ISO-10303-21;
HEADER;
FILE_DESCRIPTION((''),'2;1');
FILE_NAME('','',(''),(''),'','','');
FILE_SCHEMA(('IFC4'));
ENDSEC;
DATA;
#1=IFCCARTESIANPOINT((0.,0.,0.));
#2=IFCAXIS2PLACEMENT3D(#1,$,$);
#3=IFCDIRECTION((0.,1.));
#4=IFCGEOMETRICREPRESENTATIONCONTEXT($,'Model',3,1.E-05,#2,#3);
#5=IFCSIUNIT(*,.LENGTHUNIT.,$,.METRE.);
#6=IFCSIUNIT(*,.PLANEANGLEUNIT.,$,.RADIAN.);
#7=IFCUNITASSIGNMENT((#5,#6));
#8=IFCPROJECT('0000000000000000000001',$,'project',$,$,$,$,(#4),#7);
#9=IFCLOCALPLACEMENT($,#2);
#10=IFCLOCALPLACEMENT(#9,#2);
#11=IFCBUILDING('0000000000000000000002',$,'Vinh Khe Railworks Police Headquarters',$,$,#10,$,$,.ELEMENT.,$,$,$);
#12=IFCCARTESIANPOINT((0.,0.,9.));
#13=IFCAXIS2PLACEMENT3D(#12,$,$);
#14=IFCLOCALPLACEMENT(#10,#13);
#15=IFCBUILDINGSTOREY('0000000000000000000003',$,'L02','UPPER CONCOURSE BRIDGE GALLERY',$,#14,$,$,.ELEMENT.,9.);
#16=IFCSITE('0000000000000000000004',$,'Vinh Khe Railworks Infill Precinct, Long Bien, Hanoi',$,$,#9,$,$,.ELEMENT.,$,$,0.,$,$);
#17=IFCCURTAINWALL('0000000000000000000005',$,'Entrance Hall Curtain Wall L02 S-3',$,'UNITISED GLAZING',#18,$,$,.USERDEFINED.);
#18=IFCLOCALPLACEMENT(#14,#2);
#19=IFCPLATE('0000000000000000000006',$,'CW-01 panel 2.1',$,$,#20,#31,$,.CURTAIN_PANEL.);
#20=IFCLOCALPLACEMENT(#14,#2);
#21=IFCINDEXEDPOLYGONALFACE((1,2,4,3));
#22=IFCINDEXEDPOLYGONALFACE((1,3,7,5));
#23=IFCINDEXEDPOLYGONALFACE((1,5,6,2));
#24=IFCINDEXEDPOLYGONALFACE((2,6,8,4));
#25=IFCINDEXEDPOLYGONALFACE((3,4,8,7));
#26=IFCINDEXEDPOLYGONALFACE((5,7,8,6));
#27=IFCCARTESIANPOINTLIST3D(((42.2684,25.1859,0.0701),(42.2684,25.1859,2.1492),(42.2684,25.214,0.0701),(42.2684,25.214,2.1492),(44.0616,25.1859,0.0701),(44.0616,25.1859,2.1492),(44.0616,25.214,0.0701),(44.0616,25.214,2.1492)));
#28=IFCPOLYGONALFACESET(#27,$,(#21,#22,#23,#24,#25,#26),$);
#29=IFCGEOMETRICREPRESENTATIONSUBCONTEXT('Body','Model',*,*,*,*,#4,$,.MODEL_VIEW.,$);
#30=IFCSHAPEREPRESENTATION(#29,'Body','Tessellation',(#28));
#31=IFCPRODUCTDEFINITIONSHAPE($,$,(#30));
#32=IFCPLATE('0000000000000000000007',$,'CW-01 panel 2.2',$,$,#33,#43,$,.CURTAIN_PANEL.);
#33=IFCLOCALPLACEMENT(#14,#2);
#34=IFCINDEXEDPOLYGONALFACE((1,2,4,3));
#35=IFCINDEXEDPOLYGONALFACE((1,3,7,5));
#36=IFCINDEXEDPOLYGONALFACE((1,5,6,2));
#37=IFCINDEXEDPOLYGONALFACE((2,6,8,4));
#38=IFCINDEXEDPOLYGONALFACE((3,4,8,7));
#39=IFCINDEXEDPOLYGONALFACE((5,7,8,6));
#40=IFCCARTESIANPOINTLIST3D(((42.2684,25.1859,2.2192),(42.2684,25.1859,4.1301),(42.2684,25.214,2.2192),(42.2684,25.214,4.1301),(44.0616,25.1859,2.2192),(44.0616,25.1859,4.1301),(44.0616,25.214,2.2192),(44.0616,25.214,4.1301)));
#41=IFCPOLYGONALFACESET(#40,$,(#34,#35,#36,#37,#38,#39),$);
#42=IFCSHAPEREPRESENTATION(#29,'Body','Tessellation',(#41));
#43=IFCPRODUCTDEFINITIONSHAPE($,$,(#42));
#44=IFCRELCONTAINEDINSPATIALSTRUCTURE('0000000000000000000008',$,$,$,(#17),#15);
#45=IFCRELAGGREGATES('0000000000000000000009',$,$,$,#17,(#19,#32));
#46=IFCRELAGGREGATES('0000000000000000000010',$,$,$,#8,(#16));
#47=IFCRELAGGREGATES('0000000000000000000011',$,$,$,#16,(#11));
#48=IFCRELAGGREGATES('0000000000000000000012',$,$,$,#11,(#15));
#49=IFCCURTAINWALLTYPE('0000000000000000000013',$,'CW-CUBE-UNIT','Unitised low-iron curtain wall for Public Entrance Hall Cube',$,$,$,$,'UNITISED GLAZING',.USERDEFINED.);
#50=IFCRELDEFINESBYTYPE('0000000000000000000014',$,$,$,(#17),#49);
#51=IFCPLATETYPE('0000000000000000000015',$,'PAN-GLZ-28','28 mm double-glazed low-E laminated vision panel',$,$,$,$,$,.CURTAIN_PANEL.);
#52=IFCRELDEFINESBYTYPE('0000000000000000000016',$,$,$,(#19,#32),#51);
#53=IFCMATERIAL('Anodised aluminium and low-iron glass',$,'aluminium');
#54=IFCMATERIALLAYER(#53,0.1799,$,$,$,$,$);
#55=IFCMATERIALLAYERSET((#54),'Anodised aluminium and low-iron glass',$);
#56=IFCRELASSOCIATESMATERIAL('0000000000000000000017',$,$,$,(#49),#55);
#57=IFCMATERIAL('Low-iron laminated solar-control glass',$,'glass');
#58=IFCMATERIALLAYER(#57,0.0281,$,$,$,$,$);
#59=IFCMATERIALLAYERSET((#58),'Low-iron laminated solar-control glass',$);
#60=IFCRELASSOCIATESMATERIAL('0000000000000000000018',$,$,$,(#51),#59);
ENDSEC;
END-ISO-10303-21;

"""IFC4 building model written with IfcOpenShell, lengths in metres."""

from ifc_helpers import new_model, si_unit, direction, frame, origin, origin_2d, place, context, subcontext, project, spatial, rectangle, extrude, material, layer, layer_set, type_object, element, aggregate, save


model = new_model("IFC4")

# Units and contexts
model_context = context("Model", 3, precision=1e-05, world=origin(), true_north=direction((0.0, 1.0)))
body_context = subcontext(model_context, "Body", "Model", "MODEL_VIEW")
ifc_project = project(units=[si_unit("LENGTHUNIT", "METRE"), si_unit("PLANEANGLEUNIT", "RADIAN")], contexts=[model_context])

# Site, building, storey
site_placement = place(None, origin())
site = spatial("IfcSite", under=ifc_project, at=site_placement, Name="Vinh Khe Railworks Infill Precinct, Long Bien, Hanoi", CompositionType="ELEMENT", RefElevation=0.0)
building_placement = place(site_placement, origin())
building = spatial("IfcBuilding", under=site, at=building_placement, Name="Vinh Khe Railworks Police Headquarters", CompositionType="ELEMENT")
storey_placement = place(building_placement, frame((0.0, 0.0, 9.0)))
storey = spatial("IfcBuildingStorey", under=building, at=storey_placement, Name="L02", Description="UPPER CONCOURSE BRIDGE GALLERY", CompositionType="ELEMENT", Elevation=9.0)

# Curtain wall
ifc_material_1 = material(Name="Anodised aluminium and low-iron glass", Category="aluminium")
ifc_layer_1 = layer(ifc_material_1, 0.1799)
ifc_layer_set_1 = layer_set([ifc_layer_1], Name="Anodised aluminium and low-iron glass")
curtain_wall_type = type_object("IfcCurtainWallType", Name="CW-CUBE-UNIT", Description="Unitised low-iron curtain wall for Public Entrance Hall Cube", ElementType="UNITISED GLAZING", PredefinedType="USERDEFINED", material=ifc_layer_set_1)
curtain_wall_1_placement = place(storey_placement, origin())
curtain_wall_1 = element("IfcCurtainWall", 1, at=curtain_wall_1_placement, inside=storey, type_object=curtain_wall_type, Name="Entrance Hall Curtain Wall L02 S-3", ObjectType="UNITISED GLAZING", PredefinedType="USERDEFINED")

# Plates
ifc_material_2 = material(Name="Low-iron laminated solar-control glass", Category="glass")
ifc_layer_2 = layer(ifc_material_2, 0.0281)
ifc_layer_set_2 = layer_set([ifc_layer_2], Name="Low-iron laminated solar-control glass")
plate_type = type_object("IfcPlateType", Name="PAN-GLZ-28", Description="28 mm double-glazed low-E laminated vision panel", PredefinedType="CURTAIN_PANEL", material=ifc_layer_set_2)
plate_1_placement = place(storey_placement, frame((43.165, 25.2, 0.0701), z_axis=(0.0, 0.0, 1.0), x_axis=(1.0, 0.0, 0.0)))
plate_1 = element("IfcPlate", 2, at=plate_1_placement, type_object=plate_type, Name="CW-01 panel 2.1", PredefinedType="CURTAIN_PANEL", context=body_context, shape_type="SweptSolid", body=[
    extrude(rectangle(XDim=1.7932, YDim=0.0281, at=origin_2d()), origin(), (0.0, 0.0, 1.0), 2.0791),
])
plate_2_placement = place(storey_placement, frame((43.165, 25.2, 2.2192), z_axis=(0.0, 0.0, 1.0), x_axis=(1.0, 0.0, 0.0)))
plate_2 = element("IfcPlate", 3, at=plate_2_placement, type_object=plate_type, Name="CW-01 panel 2.2", PredefinedType="CURTAIN_PANEL", context=body_context, shape_type="SweptSolid", body=[
    extrude(rectangle(XDim=1.7932, YDim=0.0281, at=origin_2d()), origin(), (0.0, 0.0, 1.0), 1.9109),
])
aggregate(curtain_wall_1, [plate_1, plate_2])

save(model, "model.ifc")
